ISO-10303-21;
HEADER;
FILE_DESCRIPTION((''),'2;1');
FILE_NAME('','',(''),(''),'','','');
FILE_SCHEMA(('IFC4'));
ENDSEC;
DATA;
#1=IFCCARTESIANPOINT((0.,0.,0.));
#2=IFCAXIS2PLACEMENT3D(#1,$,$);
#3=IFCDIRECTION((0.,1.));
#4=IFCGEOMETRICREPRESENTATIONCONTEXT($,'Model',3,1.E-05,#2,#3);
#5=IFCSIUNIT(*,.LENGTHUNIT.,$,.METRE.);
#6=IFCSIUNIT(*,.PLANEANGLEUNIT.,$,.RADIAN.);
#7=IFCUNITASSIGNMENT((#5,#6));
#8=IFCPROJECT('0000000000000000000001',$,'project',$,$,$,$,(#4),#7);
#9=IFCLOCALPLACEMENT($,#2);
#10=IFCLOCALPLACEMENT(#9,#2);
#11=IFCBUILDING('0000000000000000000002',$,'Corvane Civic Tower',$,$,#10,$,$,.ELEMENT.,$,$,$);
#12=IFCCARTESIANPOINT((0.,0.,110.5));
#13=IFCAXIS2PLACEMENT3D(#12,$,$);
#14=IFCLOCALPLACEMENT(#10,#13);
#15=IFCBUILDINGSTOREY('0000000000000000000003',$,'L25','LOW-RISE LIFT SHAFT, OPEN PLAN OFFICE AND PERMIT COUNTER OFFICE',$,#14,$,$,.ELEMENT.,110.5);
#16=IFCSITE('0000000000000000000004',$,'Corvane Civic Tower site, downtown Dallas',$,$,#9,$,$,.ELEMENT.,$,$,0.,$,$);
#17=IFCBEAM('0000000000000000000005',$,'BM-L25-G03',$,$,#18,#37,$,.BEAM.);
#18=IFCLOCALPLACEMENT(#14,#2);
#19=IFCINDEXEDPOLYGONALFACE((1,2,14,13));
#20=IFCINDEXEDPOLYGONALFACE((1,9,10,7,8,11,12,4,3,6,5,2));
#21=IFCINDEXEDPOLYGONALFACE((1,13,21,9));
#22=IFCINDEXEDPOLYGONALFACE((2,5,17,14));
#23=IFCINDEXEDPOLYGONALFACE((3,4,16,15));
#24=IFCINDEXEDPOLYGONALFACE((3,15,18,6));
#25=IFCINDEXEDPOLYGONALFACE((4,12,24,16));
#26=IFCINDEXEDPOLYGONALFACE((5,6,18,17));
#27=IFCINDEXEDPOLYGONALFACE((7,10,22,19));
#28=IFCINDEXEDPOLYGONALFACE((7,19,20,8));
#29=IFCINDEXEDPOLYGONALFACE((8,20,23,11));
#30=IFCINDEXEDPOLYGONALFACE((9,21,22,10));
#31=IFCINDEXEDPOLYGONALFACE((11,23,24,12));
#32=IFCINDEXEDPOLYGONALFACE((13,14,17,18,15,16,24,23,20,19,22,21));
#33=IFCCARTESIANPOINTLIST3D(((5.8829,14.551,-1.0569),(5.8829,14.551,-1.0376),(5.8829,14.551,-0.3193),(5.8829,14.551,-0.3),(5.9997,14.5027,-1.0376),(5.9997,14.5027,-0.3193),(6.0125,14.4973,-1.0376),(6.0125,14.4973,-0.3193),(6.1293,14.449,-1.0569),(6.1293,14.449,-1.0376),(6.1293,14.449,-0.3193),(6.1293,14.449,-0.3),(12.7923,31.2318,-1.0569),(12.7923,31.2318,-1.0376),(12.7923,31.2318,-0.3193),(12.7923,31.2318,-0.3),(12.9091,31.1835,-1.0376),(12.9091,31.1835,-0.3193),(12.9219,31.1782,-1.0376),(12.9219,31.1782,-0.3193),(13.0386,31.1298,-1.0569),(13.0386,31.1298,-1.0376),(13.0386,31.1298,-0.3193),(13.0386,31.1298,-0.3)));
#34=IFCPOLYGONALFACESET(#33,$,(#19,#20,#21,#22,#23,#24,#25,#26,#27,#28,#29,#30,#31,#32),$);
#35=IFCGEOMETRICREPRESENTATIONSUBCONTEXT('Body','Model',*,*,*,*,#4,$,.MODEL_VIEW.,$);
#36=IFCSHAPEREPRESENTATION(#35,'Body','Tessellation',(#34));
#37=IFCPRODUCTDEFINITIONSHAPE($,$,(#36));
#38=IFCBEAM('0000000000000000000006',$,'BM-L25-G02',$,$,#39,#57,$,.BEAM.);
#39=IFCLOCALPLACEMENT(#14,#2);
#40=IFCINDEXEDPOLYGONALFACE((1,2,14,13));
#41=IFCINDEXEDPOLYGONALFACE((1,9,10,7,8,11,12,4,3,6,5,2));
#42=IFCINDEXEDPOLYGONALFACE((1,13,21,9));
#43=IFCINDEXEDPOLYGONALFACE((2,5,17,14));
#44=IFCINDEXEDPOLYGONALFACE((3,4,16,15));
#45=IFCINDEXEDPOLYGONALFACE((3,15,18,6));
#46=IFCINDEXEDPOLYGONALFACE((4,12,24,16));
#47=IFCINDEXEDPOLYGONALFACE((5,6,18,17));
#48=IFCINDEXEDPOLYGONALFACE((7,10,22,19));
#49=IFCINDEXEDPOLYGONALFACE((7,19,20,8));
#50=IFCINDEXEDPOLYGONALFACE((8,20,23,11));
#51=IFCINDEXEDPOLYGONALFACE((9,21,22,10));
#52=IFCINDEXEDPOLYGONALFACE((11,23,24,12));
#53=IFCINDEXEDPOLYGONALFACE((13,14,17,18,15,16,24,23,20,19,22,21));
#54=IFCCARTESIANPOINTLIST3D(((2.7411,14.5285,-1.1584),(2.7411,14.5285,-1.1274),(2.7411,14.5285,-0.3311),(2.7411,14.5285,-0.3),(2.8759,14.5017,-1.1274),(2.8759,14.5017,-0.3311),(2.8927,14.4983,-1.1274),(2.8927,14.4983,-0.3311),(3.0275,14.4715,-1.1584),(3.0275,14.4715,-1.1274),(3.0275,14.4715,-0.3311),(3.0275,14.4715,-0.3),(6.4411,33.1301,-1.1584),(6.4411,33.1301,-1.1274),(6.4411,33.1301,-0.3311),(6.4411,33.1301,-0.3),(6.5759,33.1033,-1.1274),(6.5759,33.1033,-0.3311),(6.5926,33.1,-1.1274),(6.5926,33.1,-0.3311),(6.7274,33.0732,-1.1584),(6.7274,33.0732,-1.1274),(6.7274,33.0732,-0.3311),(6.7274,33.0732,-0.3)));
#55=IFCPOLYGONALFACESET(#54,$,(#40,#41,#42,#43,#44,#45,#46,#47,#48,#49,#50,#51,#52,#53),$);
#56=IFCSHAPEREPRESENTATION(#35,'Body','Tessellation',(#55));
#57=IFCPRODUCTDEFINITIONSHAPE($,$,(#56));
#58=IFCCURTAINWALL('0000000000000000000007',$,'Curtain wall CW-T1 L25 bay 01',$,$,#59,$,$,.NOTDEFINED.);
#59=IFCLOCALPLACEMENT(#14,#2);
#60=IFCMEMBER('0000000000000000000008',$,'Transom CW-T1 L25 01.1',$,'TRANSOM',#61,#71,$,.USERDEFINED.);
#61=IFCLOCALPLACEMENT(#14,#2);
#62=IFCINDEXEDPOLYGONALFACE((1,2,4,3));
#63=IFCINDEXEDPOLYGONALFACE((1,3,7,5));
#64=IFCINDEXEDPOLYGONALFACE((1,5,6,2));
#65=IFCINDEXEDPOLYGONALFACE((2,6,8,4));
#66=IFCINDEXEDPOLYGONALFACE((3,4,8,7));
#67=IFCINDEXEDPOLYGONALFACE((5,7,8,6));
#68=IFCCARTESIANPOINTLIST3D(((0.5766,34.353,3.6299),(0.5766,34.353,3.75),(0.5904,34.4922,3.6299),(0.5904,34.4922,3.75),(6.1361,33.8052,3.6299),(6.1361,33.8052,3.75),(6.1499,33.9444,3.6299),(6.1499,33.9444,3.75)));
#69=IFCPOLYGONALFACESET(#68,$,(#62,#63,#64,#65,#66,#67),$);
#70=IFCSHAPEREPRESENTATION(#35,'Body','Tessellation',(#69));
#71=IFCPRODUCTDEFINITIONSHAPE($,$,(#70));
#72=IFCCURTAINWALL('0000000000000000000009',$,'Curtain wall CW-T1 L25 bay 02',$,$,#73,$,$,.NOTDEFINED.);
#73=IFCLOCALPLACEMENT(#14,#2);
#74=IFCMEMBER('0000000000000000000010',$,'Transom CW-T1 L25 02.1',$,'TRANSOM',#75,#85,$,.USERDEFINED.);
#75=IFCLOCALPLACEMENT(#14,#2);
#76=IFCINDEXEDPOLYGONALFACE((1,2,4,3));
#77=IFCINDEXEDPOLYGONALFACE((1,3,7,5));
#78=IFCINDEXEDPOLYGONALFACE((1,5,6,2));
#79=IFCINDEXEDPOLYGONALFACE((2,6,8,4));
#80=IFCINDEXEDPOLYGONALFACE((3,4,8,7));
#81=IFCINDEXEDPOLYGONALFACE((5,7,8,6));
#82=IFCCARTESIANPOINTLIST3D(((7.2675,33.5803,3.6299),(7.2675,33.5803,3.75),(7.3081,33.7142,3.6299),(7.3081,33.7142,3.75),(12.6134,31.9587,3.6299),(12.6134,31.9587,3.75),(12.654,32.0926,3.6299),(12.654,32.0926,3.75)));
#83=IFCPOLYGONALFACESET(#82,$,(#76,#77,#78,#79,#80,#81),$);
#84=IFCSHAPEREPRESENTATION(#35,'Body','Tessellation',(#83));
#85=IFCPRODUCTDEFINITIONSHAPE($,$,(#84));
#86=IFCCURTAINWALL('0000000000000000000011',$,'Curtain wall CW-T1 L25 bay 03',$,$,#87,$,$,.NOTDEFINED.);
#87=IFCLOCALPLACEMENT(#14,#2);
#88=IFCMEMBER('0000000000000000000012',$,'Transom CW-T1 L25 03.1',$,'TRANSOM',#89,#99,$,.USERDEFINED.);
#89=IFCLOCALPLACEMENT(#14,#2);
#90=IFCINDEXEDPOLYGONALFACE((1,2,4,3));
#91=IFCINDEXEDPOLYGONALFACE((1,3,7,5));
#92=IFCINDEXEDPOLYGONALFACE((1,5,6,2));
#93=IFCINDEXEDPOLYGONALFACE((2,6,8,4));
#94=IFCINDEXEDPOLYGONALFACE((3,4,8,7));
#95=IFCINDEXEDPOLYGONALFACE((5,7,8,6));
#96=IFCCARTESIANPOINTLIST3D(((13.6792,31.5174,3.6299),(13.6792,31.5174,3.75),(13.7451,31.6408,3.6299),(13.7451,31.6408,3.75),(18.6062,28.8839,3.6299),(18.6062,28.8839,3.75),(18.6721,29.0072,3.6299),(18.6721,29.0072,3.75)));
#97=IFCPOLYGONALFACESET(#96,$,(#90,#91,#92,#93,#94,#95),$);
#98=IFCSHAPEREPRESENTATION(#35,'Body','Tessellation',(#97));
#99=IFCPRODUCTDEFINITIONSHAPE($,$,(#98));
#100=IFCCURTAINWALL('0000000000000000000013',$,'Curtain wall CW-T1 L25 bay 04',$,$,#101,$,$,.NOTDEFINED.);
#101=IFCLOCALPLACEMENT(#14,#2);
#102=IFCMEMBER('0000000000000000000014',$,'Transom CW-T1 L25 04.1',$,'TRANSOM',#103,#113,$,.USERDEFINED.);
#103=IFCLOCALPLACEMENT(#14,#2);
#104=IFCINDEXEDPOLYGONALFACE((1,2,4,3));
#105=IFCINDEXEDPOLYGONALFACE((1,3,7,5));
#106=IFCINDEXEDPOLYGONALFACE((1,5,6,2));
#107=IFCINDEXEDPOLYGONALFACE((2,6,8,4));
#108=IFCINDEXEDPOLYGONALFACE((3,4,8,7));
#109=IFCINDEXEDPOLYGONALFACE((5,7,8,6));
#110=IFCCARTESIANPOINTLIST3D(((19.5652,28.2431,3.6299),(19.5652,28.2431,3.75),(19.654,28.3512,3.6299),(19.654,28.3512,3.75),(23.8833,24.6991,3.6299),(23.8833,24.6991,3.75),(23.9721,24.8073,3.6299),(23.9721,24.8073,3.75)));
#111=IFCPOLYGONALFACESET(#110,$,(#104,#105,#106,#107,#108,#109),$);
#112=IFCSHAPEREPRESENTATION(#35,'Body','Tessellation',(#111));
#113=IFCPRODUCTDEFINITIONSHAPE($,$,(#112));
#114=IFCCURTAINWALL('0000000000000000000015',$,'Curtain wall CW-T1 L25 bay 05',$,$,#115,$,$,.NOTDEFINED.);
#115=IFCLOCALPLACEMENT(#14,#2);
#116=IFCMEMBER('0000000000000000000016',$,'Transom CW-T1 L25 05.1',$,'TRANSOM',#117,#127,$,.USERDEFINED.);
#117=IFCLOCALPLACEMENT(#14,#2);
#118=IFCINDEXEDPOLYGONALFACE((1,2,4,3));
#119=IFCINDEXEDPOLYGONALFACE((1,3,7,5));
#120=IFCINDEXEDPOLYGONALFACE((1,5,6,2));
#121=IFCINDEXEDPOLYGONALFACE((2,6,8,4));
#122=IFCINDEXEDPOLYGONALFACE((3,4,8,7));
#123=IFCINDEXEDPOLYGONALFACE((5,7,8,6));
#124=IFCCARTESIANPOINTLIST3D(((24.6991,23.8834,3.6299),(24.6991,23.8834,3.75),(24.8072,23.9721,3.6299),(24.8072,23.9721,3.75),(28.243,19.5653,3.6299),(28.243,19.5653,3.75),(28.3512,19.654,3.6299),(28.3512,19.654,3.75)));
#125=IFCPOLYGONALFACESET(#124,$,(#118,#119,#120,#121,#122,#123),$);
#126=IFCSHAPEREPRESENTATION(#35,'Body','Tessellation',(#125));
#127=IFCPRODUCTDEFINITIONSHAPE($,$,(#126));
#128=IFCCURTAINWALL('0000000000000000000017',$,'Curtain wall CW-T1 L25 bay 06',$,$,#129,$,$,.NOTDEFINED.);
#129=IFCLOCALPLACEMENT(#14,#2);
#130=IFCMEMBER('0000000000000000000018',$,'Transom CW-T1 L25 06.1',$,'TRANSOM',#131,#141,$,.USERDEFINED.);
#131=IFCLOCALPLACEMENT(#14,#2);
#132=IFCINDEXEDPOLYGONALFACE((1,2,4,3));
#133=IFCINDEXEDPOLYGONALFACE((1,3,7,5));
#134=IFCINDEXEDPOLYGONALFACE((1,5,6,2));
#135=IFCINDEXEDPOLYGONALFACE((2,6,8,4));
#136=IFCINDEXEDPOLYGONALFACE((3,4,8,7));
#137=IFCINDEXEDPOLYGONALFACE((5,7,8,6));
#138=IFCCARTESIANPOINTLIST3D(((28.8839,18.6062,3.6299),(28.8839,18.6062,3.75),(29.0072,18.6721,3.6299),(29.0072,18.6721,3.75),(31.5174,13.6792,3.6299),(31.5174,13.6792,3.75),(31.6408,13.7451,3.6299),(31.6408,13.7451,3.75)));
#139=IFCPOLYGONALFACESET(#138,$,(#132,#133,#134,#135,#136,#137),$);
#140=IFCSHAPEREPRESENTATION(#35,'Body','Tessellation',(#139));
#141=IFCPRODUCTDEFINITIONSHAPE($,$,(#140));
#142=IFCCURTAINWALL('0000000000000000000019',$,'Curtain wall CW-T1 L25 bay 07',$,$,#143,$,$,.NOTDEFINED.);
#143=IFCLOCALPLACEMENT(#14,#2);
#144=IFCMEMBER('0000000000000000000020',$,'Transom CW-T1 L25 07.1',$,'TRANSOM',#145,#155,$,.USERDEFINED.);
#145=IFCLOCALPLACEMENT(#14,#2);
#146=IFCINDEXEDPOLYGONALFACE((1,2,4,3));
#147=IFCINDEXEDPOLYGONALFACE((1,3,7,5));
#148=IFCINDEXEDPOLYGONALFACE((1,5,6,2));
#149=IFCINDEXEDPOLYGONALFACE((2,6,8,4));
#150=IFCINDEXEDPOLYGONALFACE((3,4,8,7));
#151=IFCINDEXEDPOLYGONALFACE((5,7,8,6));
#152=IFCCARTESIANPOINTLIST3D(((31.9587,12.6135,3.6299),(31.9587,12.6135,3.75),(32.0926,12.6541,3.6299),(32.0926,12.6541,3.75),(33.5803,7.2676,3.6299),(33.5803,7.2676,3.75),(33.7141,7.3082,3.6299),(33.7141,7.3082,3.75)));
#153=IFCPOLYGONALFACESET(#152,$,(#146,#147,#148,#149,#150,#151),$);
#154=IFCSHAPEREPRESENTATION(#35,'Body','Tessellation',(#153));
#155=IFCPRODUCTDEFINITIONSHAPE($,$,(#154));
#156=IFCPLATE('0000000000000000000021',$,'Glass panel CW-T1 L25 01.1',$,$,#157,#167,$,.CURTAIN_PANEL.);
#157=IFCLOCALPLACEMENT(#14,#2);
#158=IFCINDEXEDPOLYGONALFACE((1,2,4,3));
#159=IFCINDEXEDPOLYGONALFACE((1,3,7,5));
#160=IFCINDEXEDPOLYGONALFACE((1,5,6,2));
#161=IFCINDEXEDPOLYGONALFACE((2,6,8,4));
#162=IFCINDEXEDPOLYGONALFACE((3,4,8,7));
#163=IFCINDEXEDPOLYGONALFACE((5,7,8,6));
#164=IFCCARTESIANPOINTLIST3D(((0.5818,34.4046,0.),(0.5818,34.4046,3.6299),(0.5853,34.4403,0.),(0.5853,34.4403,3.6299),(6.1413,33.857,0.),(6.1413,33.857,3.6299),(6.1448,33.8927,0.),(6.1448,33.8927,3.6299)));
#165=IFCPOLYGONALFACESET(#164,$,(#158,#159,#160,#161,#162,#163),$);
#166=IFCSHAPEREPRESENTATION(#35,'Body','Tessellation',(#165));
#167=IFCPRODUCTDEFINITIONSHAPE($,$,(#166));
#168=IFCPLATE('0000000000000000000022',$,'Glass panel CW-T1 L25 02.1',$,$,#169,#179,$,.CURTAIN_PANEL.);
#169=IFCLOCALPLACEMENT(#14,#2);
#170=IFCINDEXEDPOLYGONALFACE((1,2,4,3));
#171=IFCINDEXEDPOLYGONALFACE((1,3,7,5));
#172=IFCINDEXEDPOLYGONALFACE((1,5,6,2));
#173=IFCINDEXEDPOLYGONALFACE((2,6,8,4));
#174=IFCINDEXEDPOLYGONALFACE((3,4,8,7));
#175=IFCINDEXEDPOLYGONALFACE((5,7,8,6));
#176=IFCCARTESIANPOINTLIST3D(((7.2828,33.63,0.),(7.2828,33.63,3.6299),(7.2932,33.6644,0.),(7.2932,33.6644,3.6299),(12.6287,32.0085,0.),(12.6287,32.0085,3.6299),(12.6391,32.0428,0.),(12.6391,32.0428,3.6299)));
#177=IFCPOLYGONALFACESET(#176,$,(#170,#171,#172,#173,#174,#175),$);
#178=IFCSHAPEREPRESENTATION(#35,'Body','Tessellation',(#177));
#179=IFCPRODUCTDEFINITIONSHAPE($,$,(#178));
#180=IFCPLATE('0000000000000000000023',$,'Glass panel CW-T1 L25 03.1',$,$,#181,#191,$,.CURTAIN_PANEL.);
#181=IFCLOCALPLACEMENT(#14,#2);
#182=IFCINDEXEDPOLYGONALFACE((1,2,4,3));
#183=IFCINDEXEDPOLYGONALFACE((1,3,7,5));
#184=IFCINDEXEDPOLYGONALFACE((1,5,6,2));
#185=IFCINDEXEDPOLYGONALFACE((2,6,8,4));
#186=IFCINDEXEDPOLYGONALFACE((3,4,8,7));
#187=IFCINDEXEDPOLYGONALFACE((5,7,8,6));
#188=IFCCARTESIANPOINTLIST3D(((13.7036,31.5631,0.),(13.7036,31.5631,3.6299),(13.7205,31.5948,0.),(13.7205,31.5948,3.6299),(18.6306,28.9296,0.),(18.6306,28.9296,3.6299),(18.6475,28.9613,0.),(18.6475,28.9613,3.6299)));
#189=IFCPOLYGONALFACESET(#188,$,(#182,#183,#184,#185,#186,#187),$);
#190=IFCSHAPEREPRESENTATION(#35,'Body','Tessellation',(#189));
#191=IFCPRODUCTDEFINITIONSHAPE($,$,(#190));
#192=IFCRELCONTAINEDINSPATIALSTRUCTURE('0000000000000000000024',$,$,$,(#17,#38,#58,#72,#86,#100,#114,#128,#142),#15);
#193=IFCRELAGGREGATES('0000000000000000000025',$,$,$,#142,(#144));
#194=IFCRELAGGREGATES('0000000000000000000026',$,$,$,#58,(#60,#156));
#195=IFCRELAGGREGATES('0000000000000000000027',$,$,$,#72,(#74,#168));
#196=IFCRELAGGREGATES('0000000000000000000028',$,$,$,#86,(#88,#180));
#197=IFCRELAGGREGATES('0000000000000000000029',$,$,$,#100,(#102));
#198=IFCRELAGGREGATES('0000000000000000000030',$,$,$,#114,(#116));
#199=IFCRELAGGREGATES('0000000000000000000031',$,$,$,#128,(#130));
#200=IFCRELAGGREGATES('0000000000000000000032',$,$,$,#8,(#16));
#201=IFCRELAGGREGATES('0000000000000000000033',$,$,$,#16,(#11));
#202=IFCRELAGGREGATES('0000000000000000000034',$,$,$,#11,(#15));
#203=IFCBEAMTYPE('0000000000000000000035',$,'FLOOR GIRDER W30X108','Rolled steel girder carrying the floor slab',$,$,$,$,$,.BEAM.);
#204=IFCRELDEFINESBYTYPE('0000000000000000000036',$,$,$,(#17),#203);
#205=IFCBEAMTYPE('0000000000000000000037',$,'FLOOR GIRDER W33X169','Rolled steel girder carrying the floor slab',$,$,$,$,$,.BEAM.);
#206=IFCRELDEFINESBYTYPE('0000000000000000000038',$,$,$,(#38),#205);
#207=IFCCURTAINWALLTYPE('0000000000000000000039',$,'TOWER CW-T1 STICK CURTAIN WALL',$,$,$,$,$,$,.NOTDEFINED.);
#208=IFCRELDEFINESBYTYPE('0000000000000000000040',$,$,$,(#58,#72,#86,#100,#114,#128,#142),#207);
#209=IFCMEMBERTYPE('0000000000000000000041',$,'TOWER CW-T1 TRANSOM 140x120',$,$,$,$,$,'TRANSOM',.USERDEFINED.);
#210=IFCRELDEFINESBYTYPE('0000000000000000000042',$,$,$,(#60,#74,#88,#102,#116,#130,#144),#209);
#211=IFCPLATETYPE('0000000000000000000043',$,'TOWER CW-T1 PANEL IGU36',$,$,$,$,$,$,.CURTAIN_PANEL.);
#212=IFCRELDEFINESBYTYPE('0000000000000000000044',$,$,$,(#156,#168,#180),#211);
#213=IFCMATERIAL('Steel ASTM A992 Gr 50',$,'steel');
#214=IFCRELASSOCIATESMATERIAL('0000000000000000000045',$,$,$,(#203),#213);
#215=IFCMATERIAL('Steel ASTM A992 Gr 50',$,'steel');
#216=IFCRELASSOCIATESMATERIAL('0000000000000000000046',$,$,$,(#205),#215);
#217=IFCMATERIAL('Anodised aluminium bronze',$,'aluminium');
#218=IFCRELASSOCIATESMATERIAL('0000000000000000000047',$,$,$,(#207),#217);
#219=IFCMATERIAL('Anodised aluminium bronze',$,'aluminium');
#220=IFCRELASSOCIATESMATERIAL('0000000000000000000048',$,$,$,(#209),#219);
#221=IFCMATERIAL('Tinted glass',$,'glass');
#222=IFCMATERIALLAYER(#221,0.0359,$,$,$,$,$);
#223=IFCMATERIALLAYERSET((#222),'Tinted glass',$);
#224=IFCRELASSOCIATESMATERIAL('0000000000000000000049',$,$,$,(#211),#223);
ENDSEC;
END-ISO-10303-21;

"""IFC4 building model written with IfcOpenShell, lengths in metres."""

from ifc_helpers import new_model, si_unit, direction, frame, origin, origin_2d, place, context, subcontext, project, spatial, rectangle, i_section, extrude, material, layer, layer_set, material_profile, profile_set, type_object, element, aggregate, save


model = new_model("IFC4")

# Units and contexts
model_context = context("Model", 3, precision=1e-05, world=origin(), true_north=direction((0.0, 1.0)))
body_context = subcontext(model_context, "Body", "Model", "MODEL_VIEW")
ifc_project = project(units=[si_unit("LENGTHUNIT", "METRE"), si_unit("PLANEANGLEUNIT", "RADIAN")], contexts=[model_context])

# Site, building, storey
site_placement = place(None, origin())
site = spatial("IfcSite", under=ifc_project, at=site_placement, Name="Corvane Civic Tower site, downtown Dallas", CompositionType="ELEMENT", RefElevation=0.0)
building_placement = place(site_placement, origin())
building = spatial("IfcBuilding", under=site, at=building_placement, Name="Corvane Civic Tower", CompositionType="ELEMENT")
storey_placement = place(building_placement, frame((0.0, 0.0, 110.5)))
storey = spatial("IfcBuildingStorey", under=building, at=storey_placement, Name="L25", Description="LOW-RISE LIFT SHAFT, OPEN PLAN OFFICE AND PERMIT COUNTER OFFICE", CompositionType="ELEMENT", Elevation=110.5)

# Beams
ifc_material_1 = material(Name="Steel ASTM A992 Gr 50", Category="steel")
ifc_material_profile_1 = material_profile(ifc_material_1, i_section(OverallWidth=0.2666, OverallDepth=0.7568, WebThickness=0.0139, FlangeThickness=0.0193, at=origin_2d()), Name="W30X108")
ifc_profile_set_1 = profile_set([ifc_material_profile_1], Name="Steel ASTM A992 Gr 50")
beam_type_1 = type_object("IfcBeamType", Name="FLOOR GIRDER W30X108", Description="Rolled steel girder carrying the floor slab", PredefinedType="BEAM", material=ifc_profile_set_1)
beam_1_placement = place(storey_placement, frame((6.0061, 14.5, -0.6785), z_axis=(0.382682, 0.92388, 0.0), x_axis=(-0.92388, 0.382682, 0.0)))
element("IfcBeam", 1, at=beam_1_placement, inside=storey, type_object=beam_type_1, Name="BM-L25-G03", PredefinedType="BEAM", context=body_context, shape_type="SweptSolid", body=[
    extrude(i_section(OverallWidth=0.2666, OverallDepth=0.7568, WebThickness=0.0139, FlangeThickness=0.0193, at=origin_2d()), origin(), (0.0, 0.0, 1.0), 18.0552),
])
ifc_material_2 = material(Name="Steel ASTM A992 Gr 50", Category="steel")
ifc_material_profile_2 = material_profile(ifc_material_2, i_section(OverallWidth=0.292, OverallDepth=0.8584, WebThickness=0.0171, FlangeThickness=0.031, at=origin_2d()), Name="W33X169")
ifc_profile_set_2 = profile_set([ifc_material_profile_2], Name="Steel ASTM A992 Gr 50")
beam_type_2 = type_object("IfcBeamType", Name="FLOOR GIRDER W33X169", Description="Rolled steel girder carrying the floor slab", PredefinedType="BEAM", material=ifc_profile_set_2)
beam_2_placement = place(storey_placement, frame((2.8843, 14.5, -0.7292), z_axis=(0.195084, 0.980787, 0.0), x_axis=(-0.980787, 0.195084, 0.0)))
element("IfcBeam", 2, at=beam_2_placement, inside=storey, type_object=beam_type_2, Name="BM-L25-G02", PredefinedType="BEAM", context=body_context, shape_type="SweptSolid", body=[
    extrude(i_section(OverallWidth=0.292, OverallDepth=0.8584, WebThickness=0.0171, FlangeThickness=0.031, at=origin_2d()), origin(), (0.0, 0.0, 1.0), 18.9661),
])

# Curtain walls, members
ifc_material_3 = material(Name="Anodised aluminium bronze", Category="aluminium")
curtain_wall_type = type_object("IfcCurtainWallType", Name="TOWER CW-T1 STICK CURTAIN WALL", PredefinedType="NOTDEFINED", material=ifc_material_3)
curtain_wall_1_placement = place(storey_placement, origin())
curtain_wall_1 = element("IfcCurtainWall", 3, at=curtain_wall_1_placement, inside=storey, type_object=curtain_wall_type, Name="Curtain wall CW-T1 L25 bay 01", PredefinedType="NOTDEFINED")
ifc_material_4 = material(Name="Anodised aluminium bronze", Category="aluminium")
ifc_material_profile_3 = material_profile(ifc_material_4, rectangle(XDim=0.1399, YDim=0.1201, at=origin_2d()), Name="TOWER CW-T1 TRANSOM 140x120")
ifc_profile_set_3 = profile_set([ifc_material_profile_3], Name="Anodised aluminium bronze")
member_type = type_object("IfcMemberType", Name="TOWER CW-T1 TRANSOM 140x120", ElementType="TRANSOM", PredefinedType="USERDEFINED", material=ifc_profile_set_3)
member_1_placement = place(storey_placement, frame((0.5835, 34.4226, 3.6899), z_axis=(0.99518, -0.098067, 0.0), x_axis=(0.098067, 0.99518, 0.0)))
member_1 = element("IfcMember", 4, at=member_1_placement, type_object=member_type, Name="Transom CW-T1 L25 01.1", ObjectType="TRANSOM", PredefinedType="USERDEFINED", context=body_context, shape_type="SweptSolid", body=[
    extrude(rectangle(XDim=0.1399, YDim=0.1201, at=origin_2d()), origin(), (0.0, 0.0, 1.0), 5.5864),
])
curtain_wall_2_placement = place(storey_placement, origin())
curtain_wall_2 = element("IfcCurtainWall", 5, at=curtain_wall_2_placement, inside=storey, type_object=curtain_wall_type, Name="Curtain wall CW-T1 L25 bay 02", PredefinedType="NOTDEFINED")
member_2_placement = place(storey_placement, frame((7.2878, 33.6472, 3.6899), z_axis=(0.956945, -0.290269, 0.0), x_axis=(0.290269, 0.956945, 0.0)))
member_2 = element("IfcMember", 6, at=member_2_placement, type_object=member_type, Name="Transom CW-T1 L25 02.1", ObjectType="TRANSOM", PredefinedType="USERDEFINED", context=body_context, shape_type="SweptSolid", body=[
    extrude(rectangle(XDim=0.1399, YDim=0.1201, at=origin_2d()), origin(), (0.0, 0.0, 1.0), 5.5864),
])
curtain_wall_3_placement = place(storey_placement, origin())
curtain_wall_3 = element("IfcCurtainWall", 7, at=curtain_wall_3_placement, inside=storey, type_object=curtain_wall_type, Name="Curtain wall CW-T1 L25 bay 03", PredefinedType="NOTDEFINED")
member_3_placement = place(storey_placement, frame((13.7122, 31.5791, 3.6899), z_axis=(0.881921, -0.471398, 0.0), x_axis=(0.471398, 0.881921, 0.0)))
member_3 = element("IfcMember", 8, at=member_3_placement, type_object=member_type, Name="Transom CW-T1 L25 03.1", ObjectType="TRANSOM", PredefinedType="USERDEFINED", context=body_context, shape_type="SweptSolid", body=[
    extrude(rectangle(XDim=0.1399, YDim=0.1201, at=origin_2d()), origin(), (0.0, 0.0, 1.0), 5.5867),
])
curtain_wall_4_placement = place(storey_placement, origin())
curtain_wall_4 = element("IfcCurtainWall", 9, at=curtain_wall_4_placement, inside=storey, type_object=curtain_wall_type, Name="Curtain wall CW-T1 L25 bay 04", PredefinedType="NOTDEFINED")
member_4_placement = place(storey_placement, frame((19.6096, 28.2971, 3.6899), z_axis=(0.772996, -0.63441, 0.0), x_axis=(0.63441, 0.772996, 0.0)))
member_4 = element("IfcMember", 10, at=member_4_placement, type_object=member_type, Name="Transom CW-T1 L25 04.1", ObjectType="TRANSOM", PredefinedType="USERDEFINED", context=body_context, shape_type="SweptSolid", body=[
    extrude(rectangle(XDim=0.1399, YDim=0.1201, at=origin_2d()), origin(), (0.0, 0.0, 1.0), 5.5862),
])
curtain_wall_5_placement = place(storey_placement, origin())
curtain_wall_5 = element("IfcCurtainWall", 11, at=curtain_wall_5_placement, inside=storey, type_object=curtain_wall_type, Name="Curtain wall CW-T1 L25 bay 05", PredefinedType="NOTDEFINED")
member_5_placement = place(storey_placement, frame((24.7532, 23.9277, 3.6899), z_axis=(0.63441, -0.772996, 0.0), x_axis=(0.772996, 0.63441, 0.0)))
member_5 = element("IfcMember", 12, at=member_5_placement, type_object=member_type, Name="Transom CW-T1 L25 05.1", ObjectType="TRANSOM", PredefinedType="USERDEFINED", context=body_context, shape_type="SweptSolid", body=[
    extrude(rectangle(XDim=0.1399, YDim=0.1201, at=origin_2d()), origin(), (0.0, 0.0, 1.0), 5.5862),
])
curtain_wall_6_placement = place(storey_placement, origin())
curtain_wall_6 = element("IfcCurtainWall", 13, at=curtain_wall_6_placement, inside=storey, type_object=curtain_wall_type, Name="Curtain wall CW-T1 L25 bay 06", PredefinedType="NOTDEFINED")
member_6_placement = place(storey_placement, frame((28.9456, 18.6392, 3.6899), z_axis=(0.471398, -0.881921, 0.0), x_axis=(0.881921, 0.471398, 0.0)))
member_6 = element("IfcMember", 14, at=member_6_placement, type_object=member_type, Name="Transom CW-T1 L25 06.1", ObjectType="TRANSOM", PredefinedType="USERDEFINED", context=body_context, shape_type="SweptSolid", body=[
    extrude(rectangle(XDim=0.1399, YDim=0.1201, at=origin_2d()), origin(), (0.0, 0.0, 1.0), 5.5867),
])
curtain_wall_7_placement = place(storey_placement, origin())
curtain_wall_7 = element("IfcCurtainWall", 15, at=curtain_wall_7_placement, inside=storey, type_object=curtain_wall_type, Name="Curtain wall CW-T1 L25 bay 07", PredefinedType="NOTDEFINED")
member_7_placement = place(storey_placement, frame((32.0256, 12.6338, 3.6899), z_axis=(0.290269, -0.956945, 0.0), x_axis=(0.956945, 0.290269, 0.0)))
member_7 = element("IfcMember", 16, at=member_7_placement, type_object=member_type, Name="Transom CW-T1 L25 07.1", ObjectType="TRANSOM", PredefinedType="USERDEFINED", context=body_context, shape_type="SweptSolid", body=[
    extrude(rectangle(XDim=0.1399, YDim=0.1201, at=origin_2d()), origin(), (0.0, 0.0, 1.0), 5.5864),
])
aggregate(curtain_wall_7, [member_7])

# Plates
ifc_material_5 = material(Name="Tinted glass", Category="glass")
ifc_layer_1 = layer(ifc_material_5, 0.0359)
ifc_layer_set_1 = layer_set([ifc_layer_1], Name="Tinted glass")
plate_type = type_object("IfcPlateType", Name="TOWER CW-T1 PANEL IGU36", PredefinedType="CURTAIN_PANEL", material=ifc_layer_set_1)
plate_1_placement = place(storey_placement, frame((3.3633, 34.1487, 0.0), z_axis=(0.0, 0.0, 1.0), x_axis=(0.995184, -0.098027, 0.0)))
plate_1 = element("IfcPlate", 17, at=plate_1_placement, type_object=plate_type, Name="Glass panel CW-T1 L25 01.1", PredefinedType="CURTAIN_PANEL", context=body_context, shape_type="SweptSolid", body=[
    extrude(rectangle(XDim=5.5864, YDim=0.0359, at=origin_2d()), origin(), (0.0, 0.0, 1.0), 3.6299),
])
aggregate(curtain_wall_1, [member_1, plate_1])
plate_2_placement = place(storey_placement, frame((9.9609, 32.8364, 0.0), z_axis=(0.0, 0.0, 1.0), x_axis=(0.956946, -0.290266, 0.0)))
plate_2 = element("IfcPlate", 18, at=plate_2_placement, type_object=plate_type, Name="Glass panel CW-T1 L25 02.1", PredefinedType="CURTAIN_PANEL", context=body_context, shape_type="SweptSolid", body=[
    extrude(rectangle(XDim=5.5864, YDim=0.0359, at=origin_2d()), origin(), (0.0, 0.0, 1.0), 3.6299),
])
aggregate(curtain_wall_2, [member_2, plate_2])
plate_3_placement = place(storey_placement, frame((16.1755, 30.2622, 0.0), z_axis=(0.0, 0.0, 1.0), x_axis=(0.881924, -0.471392, 0.0)))
plate_3 = element("IfcPlate", 19, at=plate_3_placement, type_object=plate_type, Name="Glass panel CW-T1 L25 03.1", PredefinedType="CURTAIN_PANEL", context=body_context, shape_type="SweptSolid", body=[
    extrude(rectangle(XDim=5.5867, YDim=0.0359, at=origin_2d()), origin(), (0.0, 0.0, 1.0), 3.6299),
])
aggregate(curtain_wall_3, [member_3, plate_3])
aggregate(curtain_wall_4, [member_4])
aggregate(curtain_wall_5, [member_5])
aggregate(curtain_wall_6, [member_6])

save(model, "model.ifc")
